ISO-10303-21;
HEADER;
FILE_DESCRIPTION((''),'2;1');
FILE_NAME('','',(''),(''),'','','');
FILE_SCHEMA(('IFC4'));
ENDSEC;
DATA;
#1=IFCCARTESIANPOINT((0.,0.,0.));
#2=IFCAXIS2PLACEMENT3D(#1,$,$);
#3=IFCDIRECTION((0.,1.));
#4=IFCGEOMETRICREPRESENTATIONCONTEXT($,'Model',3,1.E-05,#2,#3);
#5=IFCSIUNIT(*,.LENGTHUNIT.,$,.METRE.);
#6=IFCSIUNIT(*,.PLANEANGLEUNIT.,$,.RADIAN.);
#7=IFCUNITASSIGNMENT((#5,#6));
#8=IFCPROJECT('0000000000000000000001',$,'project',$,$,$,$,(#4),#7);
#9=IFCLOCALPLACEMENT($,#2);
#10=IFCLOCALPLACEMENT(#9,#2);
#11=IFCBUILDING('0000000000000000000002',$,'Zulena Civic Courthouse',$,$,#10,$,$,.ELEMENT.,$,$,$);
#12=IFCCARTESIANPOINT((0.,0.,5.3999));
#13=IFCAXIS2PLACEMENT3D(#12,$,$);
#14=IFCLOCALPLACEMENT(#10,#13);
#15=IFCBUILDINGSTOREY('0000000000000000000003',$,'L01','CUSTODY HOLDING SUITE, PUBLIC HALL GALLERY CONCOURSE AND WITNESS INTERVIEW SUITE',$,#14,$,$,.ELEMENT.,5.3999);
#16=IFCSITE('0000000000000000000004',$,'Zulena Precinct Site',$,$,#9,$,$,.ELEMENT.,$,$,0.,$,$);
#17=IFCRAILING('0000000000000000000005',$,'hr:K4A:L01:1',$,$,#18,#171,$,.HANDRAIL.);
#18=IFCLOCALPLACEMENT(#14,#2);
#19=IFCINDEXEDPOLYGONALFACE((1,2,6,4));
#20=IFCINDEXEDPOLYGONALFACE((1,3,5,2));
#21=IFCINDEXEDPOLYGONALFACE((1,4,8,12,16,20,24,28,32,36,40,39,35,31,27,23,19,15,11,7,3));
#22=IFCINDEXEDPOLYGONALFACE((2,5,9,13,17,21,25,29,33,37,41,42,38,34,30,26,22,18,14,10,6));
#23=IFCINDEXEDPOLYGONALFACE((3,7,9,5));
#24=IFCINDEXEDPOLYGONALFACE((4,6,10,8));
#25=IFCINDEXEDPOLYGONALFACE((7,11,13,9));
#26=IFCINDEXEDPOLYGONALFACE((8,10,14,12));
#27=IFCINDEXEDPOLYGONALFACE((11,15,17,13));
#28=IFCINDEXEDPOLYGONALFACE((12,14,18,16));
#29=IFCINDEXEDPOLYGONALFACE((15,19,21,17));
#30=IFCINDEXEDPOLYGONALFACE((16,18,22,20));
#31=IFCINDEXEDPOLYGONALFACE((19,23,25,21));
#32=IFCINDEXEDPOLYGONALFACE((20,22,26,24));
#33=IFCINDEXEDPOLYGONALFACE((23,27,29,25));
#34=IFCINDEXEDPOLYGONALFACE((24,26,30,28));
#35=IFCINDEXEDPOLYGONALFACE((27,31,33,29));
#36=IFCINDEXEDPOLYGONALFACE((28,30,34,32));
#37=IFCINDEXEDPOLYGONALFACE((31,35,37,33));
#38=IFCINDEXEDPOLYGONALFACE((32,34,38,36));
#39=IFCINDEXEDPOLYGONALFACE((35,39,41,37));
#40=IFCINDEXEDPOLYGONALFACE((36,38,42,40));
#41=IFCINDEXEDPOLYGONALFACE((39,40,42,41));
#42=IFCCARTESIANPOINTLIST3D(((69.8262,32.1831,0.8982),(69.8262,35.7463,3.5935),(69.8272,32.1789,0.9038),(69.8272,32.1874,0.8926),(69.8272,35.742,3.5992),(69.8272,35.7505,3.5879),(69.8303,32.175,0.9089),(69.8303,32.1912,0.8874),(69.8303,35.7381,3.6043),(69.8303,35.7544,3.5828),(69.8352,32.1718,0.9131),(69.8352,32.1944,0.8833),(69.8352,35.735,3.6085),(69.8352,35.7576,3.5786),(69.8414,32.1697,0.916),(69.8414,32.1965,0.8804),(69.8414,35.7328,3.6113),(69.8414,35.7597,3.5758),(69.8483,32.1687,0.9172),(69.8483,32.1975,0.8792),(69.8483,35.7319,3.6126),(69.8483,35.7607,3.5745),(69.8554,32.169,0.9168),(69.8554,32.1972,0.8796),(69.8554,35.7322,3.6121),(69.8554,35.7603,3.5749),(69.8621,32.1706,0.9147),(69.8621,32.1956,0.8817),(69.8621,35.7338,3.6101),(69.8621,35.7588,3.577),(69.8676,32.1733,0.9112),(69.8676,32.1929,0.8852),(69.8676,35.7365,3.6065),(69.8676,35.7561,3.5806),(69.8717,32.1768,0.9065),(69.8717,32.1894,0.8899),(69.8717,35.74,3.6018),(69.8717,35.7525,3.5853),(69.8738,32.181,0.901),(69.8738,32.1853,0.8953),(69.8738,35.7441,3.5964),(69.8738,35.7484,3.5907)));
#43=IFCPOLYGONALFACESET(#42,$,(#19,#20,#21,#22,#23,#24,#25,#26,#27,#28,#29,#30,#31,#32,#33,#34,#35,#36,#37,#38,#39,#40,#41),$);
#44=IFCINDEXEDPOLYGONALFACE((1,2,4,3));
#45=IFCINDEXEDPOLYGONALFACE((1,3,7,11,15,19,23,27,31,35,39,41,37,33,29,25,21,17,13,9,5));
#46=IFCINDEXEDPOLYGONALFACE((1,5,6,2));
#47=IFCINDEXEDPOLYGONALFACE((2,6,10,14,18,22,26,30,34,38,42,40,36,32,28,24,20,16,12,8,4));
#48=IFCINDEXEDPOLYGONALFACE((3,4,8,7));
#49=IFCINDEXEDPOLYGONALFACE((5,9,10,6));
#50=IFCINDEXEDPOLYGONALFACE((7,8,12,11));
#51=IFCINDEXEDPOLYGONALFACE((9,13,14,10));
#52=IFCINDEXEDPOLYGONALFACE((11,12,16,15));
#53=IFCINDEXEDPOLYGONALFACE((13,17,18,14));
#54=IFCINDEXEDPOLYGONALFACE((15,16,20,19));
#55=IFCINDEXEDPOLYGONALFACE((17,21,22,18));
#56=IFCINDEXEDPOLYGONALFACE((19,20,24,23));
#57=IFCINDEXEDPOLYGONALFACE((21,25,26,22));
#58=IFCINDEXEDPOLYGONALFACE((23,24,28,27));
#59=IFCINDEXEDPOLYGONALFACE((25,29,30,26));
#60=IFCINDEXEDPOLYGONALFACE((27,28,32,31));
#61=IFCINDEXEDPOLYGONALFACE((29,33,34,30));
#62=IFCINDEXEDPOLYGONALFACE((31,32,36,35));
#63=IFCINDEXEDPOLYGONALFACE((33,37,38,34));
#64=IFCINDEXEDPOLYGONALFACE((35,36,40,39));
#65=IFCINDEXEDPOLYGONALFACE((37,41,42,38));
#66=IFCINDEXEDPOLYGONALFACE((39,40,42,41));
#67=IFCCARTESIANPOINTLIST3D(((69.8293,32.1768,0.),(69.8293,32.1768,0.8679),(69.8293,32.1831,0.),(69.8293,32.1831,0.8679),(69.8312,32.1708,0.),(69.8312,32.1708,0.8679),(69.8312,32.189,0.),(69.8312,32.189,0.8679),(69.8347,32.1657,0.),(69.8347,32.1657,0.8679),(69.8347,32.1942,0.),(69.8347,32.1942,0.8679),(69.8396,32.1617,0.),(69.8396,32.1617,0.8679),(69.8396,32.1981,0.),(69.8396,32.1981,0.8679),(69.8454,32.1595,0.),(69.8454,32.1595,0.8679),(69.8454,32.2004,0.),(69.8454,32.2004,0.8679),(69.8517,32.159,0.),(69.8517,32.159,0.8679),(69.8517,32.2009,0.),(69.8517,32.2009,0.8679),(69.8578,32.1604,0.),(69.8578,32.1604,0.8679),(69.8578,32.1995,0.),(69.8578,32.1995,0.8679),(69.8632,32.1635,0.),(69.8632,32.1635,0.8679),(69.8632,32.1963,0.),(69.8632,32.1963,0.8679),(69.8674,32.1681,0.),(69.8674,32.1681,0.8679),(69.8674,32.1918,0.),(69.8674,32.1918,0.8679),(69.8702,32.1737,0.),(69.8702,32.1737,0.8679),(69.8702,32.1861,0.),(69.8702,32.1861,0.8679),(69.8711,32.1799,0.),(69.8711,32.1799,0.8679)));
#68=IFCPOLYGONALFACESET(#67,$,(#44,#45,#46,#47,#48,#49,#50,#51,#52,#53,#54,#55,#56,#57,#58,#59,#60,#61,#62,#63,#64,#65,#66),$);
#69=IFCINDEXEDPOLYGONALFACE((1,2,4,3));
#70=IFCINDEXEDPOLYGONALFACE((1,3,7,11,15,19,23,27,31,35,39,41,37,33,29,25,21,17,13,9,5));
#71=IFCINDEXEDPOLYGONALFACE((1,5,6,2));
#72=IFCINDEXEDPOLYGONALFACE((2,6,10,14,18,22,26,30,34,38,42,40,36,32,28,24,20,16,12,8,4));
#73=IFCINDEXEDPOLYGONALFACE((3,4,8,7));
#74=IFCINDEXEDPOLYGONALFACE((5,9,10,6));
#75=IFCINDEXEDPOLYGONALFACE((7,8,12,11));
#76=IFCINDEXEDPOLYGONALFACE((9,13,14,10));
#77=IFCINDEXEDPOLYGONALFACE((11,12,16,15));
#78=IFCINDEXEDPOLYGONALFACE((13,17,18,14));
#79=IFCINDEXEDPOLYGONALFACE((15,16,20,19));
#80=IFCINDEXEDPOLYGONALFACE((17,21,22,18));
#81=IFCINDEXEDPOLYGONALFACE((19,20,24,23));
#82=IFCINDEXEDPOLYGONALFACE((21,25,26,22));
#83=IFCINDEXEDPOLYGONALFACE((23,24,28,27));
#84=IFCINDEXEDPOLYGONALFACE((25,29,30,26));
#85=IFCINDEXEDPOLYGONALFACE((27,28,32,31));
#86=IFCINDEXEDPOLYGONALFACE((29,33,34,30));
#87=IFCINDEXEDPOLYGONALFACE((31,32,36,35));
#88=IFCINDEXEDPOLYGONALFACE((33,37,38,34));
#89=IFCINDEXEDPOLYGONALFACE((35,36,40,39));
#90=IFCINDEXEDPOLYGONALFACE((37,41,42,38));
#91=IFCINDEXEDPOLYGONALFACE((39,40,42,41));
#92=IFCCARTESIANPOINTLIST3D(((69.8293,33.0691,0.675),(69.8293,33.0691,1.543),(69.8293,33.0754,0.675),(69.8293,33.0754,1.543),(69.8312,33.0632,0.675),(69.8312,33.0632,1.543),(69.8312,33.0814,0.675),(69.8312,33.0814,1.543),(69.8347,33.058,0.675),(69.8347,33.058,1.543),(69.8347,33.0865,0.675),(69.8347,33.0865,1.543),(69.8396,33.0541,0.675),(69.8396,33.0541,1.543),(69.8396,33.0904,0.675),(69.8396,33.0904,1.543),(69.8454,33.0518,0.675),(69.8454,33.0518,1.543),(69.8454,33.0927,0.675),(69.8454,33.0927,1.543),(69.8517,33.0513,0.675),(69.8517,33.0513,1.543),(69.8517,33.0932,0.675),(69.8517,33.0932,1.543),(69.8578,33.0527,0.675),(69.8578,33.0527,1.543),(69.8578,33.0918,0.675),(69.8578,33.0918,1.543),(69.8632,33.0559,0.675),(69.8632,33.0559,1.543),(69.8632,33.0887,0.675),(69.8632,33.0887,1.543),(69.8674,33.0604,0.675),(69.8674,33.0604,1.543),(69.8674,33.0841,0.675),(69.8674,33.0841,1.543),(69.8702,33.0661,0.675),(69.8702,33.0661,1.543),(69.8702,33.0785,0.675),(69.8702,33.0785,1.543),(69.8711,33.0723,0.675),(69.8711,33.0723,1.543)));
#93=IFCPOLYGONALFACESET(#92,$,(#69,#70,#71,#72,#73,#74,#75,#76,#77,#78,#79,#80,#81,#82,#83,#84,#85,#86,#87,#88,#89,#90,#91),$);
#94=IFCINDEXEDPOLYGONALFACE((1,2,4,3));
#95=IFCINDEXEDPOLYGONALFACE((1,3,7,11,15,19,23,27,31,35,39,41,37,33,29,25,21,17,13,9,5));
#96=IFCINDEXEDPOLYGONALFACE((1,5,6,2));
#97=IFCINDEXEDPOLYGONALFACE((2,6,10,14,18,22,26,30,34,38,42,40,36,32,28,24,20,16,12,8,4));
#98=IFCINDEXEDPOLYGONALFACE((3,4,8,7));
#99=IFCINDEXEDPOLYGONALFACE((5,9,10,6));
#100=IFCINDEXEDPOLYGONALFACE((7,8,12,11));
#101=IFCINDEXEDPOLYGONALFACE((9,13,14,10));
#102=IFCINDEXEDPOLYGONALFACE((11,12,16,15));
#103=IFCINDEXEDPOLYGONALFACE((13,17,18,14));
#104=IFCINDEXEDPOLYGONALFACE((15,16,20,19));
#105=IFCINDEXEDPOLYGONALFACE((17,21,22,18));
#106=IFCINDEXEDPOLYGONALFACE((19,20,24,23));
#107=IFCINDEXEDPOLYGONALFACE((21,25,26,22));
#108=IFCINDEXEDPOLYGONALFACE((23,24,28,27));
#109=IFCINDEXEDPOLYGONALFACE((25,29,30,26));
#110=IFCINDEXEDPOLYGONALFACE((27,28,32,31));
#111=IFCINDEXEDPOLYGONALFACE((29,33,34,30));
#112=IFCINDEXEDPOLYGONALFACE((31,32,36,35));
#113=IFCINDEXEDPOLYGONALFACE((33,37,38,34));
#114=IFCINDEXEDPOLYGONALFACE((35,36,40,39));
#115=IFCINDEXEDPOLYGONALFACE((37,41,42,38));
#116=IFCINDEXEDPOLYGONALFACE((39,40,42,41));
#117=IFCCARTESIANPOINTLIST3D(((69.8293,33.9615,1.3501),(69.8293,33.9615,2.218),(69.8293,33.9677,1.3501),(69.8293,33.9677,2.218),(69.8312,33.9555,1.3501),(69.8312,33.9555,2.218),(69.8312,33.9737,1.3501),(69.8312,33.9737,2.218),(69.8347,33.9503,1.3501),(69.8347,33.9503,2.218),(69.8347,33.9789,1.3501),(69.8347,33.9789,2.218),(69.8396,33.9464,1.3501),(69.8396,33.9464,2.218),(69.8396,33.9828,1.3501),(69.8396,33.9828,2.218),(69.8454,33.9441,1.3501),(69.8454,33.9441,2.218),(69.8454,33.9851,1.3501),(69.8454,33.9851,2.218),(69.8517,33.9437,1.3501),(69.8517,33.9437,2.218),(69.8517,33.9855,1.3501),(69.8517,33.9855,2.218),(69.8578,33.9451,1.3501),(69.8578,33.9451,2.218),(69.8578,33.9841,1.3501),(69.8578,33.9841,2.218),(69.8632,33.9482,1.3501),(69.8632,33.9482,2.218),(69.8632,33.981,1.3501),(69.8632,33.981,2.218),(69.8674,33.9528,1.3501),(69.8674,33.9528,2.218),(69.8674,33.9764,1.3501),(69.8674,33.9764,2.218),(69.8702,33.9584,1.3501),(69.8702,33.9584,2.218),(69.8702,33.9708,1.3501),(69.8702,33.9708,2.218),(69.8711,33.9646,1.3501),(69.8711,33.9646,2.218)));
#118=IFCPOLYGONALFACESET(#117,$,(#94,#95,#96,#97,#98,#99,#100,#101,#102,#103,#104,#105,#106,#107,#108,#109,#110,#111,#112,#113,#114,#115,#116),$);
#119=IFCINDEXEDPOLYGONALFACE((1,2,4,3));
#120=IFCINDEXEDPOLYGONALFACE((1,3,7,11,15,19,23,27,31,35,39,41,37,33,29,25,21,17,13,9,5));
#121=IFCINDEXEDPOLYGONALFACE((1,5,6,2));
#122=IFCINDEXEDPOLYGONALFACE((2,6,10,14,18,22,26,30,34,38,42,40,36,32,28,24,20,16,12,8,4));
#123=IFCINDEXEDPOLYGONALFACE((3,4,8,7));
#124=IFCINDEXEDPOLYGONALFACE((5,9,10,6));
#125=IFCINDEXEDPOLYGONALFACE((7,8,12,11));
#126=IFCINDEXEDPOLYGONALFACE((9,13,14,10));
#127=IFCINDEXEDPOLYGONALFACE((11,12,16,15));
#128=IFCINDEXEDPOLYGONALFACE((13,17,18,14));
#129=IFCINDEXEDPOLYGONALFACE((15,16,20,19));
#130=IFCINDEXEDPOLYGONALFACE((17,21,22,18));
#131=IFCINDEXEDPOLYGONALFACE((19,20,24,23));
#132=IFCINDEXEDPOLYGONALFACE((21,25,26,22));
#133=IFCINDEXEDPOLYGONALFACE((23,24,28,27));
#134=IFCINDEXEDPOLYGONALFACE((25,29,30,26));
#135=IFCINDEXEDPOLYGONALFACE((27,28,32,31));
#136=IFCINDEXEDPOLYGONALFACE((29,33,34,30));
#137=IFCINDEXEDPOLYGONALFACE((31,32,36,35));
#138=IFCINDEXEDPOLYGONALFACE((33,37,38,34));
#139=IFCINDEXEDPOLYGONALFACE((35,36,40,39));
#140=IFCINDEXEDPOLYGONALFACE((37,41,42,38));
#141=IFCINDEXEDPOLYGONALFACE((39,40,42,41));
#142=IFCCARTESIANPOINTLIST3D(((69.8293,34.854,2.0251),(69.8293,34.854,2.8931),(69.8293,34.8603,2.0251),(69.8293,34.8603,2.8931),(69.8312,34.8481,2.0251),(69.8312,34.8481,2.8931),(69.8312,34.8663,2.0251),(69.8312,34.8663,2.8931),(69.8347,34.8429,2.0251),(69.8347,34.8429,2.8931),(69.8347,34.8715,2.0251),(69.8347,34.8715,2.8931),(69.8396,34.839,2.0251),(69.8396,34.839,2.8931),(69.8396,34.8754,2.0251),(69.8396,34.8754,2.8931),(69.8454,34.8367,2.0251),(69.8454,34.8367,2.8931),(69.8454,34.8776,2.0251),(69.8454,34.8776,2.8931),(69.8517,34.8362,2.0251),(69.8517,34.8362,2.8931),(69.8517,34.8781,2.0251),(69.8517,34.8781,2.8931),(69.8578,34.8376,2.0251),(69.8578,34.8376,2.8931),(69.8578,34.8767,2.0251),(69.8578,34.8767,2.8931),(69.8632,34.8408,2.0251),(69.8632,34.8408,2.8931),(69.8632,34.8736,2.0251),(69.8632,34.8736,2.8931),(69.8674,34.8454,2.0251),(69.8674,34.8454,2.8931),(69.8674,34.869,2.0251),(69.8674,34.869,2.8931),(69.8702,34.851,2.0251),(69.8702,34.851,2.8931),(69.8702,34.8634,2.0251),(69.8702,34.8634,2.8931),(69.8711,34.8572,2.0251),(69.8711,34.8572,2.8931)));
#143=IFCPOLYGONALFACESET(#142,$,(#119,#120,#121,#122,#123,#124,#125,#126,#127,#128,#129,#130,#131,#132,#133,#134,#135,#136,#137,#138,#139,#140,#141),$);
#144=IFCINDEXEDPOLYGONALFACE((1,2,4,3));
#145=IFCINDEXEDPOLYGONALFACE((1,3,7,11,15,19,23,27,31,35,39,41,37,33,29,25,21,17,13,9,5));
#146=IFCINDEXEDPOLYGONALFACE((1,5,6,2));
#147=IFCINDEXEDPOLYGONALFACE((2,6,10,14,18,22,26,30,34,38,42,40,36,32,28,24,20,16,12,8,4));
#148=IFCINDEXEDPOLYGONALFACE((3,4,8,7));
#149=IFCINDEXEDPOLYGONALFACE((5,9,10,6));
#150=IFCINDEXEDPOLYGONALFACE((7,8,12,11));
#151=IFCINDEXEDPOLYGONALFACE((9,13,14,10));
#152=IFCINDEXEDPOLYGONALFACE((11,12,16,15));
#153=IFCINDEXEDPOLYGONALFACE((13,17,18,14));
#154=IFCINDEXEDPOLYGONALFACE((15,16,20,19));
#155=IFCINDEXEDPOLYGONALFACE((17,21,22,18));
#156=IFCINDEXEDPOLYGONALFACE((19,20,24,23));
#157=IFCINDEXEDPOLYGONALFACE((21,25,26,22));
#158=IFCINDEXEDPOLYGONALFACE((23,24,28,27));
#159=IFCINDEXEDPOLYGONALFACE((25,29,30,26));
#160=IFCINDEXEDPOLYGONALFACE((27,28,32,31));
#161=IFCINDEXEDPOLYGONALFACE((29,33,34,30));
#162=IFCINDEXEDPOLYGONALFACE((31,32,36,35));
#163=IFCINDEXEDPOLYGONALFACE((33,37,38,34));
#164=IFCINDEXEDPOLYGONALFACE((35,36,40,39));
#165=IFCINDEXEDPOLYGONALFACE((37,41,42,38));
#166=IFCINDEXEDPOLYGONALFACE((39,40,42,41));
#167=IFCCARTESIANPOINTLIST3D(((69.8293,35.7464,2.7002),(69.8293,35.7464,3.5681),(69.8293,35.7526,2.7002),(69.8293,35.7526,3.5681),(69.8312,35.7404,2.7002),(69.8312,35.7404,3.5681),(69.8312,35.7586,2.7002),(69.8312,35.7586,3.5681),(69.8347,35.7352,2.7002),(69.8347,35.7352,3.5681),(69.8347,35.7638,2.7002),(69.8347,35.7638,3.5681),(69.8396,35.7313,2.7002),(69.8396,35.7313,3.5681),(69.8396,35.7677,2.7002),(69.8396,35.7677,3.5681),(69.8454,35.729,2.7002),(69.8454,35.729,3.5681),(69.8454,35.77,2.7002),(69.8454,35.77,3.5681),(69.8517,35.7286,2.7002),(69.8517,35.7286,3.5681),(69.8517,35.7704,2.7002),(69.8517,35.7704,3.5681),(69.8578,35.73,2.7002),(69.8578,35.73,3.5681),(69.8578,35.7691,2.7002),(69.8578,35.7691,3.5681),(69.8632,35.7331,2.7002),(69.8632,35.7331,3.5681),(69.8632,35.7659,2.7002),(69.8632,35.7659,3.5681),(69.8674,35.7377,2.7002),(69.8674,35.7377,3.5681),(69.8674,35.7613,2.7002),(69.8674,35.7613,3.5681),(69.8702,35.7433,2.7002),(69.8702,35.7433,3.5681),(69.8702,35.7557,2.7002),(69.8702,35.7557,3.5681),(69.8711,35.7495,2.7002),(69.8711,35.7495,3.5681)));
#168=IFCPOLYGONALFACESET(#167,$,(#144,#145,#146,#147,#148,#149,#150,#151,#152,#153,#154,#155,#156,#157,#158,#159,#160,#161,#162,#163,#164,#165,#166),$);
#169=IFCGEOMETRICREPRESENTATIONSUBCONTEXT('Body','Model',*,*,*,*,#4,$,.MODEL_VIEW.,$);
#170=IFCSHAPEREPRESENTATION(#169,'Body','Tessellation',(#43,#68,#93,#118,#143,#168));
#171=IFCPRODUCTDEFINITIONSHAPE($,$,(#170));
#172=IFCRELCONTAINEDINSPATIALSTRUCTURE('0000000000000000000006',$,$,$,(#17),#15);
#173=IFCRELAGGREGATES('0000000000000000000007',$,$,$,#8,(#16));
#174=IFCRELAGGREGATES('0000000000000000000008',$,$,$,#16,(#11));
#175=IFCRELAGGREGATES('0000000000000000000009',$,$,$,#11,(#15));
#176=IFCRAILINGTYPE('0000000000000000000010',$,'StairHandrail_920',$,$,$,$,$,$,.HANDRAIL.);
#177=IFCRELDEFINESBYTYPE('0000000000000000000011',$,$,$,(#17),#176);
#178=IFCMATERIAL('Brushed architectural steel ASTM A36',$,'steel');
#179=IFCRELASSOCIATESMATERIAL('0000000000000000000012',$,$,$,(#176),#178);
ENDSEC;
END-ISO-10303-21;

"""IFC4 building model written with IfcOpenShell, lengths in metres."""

from ifc_helpers import new_model, si_unit, direction, frame, origin, origin_2d, place, context, subcontext, project, spatial, circle, extrude, material, type_object, element, save


model = new_model("IFC4")

# Units and contexts
model_context = context("Model", 3, precision=1e-05, world=origin(), true_north=direction((0.0, 1.0)))
body_context = subcontext(model_context, "Body", "Model", "MODEL_VIEW")
ifc_project = project(units=[si_unit("LENGTHUNIT", "METRE"), si_unit("PLANEANGLEUNIT", "RADIAN")], contexts=[model_context])

# Site, building, storey
site_placement = place(None, origin())
site = spatial("IfcSite", under=ifc_project, at=site_placement, Name="Zulena Precinct Site", CompositionType="ELEMENT", RefElevation=0.0)
building_placement = place(site_placement, origin())
building = spatial("IfcBuilding", under=site, at=building_placement, Name="Zulena Civic Courthouse", CompositionType="ELEMENT")
storey_placement = place(building_placement, frame((0.0, 0.0, 5.3999)))
storey = spatial("IfcBuildingStorey", under=building, at=storey_placement, Name="L01", Description="CUSTODY HOLDING SUITE, PUBLIC HALL GALLERY CONCOURSE AND WITNESS INTERVIEW SUITE", CompositionType="ELEMENT", Elevation=5.3999)

# Railing
ifc_material_1 = material(Name="Brushed architectural steel ASTM A36", Category="steel")
railing_type_1 = type_object("IfcRailingType", Name="StairHandrail_920", PredefinedType="HANDRAIL", material=ifc_material_1)
railing_1_placement = place(storey_placement, frame((69.8501, 32.1799, 0.0)))
element("IfcRailing", 1, at=railing_1_placement, inside=storey, type_object=railing_type_1, Name="hr:K4A:L01:1", PredefinedType="HANDRAIL", context=body_context, shape_type="SweptSolid", body=[
    extrude(circle(Radius=0.0239, at=origin_2d()), frame((0.0, 0.0032, 0.8982), z_axis=(0.0, 0.797526, 0.603285), x_axis=(-1.0, 0.0, 0.0)), (0.0, 0.0, 1.0), 4.4678),
    extrude(circle(Radius=0.021, at=origin_2d()), origin(), (0.0, 0.0, 1.0), 0.8679),
    extrude(circle(Radius=0.021, at=origin_2d()), frame((0.0, 0.8923, 0.675)), (0.0, 0.0, 1.0), 0.8679),
    extrude(circle(Radius=0.021, at=origin_2d()), frame((0.0, 1.7847, 1.3501)), (0.0, 0.0, 1.0), 0.8679),
    extrude(circle(Radius=0.021, at=origin_2d()), frame((0.0, 2.6772, 2.0251)), (0.0, 0.0, 1.0), 0.8679),
    extrude(circle(Radius=0.021, at=origin_2d()), frame((0.0, 3.5696, 2.7002)), (0.0, 0.0, 1.0), 0.8679),
])

save(model, "model.ifc")
